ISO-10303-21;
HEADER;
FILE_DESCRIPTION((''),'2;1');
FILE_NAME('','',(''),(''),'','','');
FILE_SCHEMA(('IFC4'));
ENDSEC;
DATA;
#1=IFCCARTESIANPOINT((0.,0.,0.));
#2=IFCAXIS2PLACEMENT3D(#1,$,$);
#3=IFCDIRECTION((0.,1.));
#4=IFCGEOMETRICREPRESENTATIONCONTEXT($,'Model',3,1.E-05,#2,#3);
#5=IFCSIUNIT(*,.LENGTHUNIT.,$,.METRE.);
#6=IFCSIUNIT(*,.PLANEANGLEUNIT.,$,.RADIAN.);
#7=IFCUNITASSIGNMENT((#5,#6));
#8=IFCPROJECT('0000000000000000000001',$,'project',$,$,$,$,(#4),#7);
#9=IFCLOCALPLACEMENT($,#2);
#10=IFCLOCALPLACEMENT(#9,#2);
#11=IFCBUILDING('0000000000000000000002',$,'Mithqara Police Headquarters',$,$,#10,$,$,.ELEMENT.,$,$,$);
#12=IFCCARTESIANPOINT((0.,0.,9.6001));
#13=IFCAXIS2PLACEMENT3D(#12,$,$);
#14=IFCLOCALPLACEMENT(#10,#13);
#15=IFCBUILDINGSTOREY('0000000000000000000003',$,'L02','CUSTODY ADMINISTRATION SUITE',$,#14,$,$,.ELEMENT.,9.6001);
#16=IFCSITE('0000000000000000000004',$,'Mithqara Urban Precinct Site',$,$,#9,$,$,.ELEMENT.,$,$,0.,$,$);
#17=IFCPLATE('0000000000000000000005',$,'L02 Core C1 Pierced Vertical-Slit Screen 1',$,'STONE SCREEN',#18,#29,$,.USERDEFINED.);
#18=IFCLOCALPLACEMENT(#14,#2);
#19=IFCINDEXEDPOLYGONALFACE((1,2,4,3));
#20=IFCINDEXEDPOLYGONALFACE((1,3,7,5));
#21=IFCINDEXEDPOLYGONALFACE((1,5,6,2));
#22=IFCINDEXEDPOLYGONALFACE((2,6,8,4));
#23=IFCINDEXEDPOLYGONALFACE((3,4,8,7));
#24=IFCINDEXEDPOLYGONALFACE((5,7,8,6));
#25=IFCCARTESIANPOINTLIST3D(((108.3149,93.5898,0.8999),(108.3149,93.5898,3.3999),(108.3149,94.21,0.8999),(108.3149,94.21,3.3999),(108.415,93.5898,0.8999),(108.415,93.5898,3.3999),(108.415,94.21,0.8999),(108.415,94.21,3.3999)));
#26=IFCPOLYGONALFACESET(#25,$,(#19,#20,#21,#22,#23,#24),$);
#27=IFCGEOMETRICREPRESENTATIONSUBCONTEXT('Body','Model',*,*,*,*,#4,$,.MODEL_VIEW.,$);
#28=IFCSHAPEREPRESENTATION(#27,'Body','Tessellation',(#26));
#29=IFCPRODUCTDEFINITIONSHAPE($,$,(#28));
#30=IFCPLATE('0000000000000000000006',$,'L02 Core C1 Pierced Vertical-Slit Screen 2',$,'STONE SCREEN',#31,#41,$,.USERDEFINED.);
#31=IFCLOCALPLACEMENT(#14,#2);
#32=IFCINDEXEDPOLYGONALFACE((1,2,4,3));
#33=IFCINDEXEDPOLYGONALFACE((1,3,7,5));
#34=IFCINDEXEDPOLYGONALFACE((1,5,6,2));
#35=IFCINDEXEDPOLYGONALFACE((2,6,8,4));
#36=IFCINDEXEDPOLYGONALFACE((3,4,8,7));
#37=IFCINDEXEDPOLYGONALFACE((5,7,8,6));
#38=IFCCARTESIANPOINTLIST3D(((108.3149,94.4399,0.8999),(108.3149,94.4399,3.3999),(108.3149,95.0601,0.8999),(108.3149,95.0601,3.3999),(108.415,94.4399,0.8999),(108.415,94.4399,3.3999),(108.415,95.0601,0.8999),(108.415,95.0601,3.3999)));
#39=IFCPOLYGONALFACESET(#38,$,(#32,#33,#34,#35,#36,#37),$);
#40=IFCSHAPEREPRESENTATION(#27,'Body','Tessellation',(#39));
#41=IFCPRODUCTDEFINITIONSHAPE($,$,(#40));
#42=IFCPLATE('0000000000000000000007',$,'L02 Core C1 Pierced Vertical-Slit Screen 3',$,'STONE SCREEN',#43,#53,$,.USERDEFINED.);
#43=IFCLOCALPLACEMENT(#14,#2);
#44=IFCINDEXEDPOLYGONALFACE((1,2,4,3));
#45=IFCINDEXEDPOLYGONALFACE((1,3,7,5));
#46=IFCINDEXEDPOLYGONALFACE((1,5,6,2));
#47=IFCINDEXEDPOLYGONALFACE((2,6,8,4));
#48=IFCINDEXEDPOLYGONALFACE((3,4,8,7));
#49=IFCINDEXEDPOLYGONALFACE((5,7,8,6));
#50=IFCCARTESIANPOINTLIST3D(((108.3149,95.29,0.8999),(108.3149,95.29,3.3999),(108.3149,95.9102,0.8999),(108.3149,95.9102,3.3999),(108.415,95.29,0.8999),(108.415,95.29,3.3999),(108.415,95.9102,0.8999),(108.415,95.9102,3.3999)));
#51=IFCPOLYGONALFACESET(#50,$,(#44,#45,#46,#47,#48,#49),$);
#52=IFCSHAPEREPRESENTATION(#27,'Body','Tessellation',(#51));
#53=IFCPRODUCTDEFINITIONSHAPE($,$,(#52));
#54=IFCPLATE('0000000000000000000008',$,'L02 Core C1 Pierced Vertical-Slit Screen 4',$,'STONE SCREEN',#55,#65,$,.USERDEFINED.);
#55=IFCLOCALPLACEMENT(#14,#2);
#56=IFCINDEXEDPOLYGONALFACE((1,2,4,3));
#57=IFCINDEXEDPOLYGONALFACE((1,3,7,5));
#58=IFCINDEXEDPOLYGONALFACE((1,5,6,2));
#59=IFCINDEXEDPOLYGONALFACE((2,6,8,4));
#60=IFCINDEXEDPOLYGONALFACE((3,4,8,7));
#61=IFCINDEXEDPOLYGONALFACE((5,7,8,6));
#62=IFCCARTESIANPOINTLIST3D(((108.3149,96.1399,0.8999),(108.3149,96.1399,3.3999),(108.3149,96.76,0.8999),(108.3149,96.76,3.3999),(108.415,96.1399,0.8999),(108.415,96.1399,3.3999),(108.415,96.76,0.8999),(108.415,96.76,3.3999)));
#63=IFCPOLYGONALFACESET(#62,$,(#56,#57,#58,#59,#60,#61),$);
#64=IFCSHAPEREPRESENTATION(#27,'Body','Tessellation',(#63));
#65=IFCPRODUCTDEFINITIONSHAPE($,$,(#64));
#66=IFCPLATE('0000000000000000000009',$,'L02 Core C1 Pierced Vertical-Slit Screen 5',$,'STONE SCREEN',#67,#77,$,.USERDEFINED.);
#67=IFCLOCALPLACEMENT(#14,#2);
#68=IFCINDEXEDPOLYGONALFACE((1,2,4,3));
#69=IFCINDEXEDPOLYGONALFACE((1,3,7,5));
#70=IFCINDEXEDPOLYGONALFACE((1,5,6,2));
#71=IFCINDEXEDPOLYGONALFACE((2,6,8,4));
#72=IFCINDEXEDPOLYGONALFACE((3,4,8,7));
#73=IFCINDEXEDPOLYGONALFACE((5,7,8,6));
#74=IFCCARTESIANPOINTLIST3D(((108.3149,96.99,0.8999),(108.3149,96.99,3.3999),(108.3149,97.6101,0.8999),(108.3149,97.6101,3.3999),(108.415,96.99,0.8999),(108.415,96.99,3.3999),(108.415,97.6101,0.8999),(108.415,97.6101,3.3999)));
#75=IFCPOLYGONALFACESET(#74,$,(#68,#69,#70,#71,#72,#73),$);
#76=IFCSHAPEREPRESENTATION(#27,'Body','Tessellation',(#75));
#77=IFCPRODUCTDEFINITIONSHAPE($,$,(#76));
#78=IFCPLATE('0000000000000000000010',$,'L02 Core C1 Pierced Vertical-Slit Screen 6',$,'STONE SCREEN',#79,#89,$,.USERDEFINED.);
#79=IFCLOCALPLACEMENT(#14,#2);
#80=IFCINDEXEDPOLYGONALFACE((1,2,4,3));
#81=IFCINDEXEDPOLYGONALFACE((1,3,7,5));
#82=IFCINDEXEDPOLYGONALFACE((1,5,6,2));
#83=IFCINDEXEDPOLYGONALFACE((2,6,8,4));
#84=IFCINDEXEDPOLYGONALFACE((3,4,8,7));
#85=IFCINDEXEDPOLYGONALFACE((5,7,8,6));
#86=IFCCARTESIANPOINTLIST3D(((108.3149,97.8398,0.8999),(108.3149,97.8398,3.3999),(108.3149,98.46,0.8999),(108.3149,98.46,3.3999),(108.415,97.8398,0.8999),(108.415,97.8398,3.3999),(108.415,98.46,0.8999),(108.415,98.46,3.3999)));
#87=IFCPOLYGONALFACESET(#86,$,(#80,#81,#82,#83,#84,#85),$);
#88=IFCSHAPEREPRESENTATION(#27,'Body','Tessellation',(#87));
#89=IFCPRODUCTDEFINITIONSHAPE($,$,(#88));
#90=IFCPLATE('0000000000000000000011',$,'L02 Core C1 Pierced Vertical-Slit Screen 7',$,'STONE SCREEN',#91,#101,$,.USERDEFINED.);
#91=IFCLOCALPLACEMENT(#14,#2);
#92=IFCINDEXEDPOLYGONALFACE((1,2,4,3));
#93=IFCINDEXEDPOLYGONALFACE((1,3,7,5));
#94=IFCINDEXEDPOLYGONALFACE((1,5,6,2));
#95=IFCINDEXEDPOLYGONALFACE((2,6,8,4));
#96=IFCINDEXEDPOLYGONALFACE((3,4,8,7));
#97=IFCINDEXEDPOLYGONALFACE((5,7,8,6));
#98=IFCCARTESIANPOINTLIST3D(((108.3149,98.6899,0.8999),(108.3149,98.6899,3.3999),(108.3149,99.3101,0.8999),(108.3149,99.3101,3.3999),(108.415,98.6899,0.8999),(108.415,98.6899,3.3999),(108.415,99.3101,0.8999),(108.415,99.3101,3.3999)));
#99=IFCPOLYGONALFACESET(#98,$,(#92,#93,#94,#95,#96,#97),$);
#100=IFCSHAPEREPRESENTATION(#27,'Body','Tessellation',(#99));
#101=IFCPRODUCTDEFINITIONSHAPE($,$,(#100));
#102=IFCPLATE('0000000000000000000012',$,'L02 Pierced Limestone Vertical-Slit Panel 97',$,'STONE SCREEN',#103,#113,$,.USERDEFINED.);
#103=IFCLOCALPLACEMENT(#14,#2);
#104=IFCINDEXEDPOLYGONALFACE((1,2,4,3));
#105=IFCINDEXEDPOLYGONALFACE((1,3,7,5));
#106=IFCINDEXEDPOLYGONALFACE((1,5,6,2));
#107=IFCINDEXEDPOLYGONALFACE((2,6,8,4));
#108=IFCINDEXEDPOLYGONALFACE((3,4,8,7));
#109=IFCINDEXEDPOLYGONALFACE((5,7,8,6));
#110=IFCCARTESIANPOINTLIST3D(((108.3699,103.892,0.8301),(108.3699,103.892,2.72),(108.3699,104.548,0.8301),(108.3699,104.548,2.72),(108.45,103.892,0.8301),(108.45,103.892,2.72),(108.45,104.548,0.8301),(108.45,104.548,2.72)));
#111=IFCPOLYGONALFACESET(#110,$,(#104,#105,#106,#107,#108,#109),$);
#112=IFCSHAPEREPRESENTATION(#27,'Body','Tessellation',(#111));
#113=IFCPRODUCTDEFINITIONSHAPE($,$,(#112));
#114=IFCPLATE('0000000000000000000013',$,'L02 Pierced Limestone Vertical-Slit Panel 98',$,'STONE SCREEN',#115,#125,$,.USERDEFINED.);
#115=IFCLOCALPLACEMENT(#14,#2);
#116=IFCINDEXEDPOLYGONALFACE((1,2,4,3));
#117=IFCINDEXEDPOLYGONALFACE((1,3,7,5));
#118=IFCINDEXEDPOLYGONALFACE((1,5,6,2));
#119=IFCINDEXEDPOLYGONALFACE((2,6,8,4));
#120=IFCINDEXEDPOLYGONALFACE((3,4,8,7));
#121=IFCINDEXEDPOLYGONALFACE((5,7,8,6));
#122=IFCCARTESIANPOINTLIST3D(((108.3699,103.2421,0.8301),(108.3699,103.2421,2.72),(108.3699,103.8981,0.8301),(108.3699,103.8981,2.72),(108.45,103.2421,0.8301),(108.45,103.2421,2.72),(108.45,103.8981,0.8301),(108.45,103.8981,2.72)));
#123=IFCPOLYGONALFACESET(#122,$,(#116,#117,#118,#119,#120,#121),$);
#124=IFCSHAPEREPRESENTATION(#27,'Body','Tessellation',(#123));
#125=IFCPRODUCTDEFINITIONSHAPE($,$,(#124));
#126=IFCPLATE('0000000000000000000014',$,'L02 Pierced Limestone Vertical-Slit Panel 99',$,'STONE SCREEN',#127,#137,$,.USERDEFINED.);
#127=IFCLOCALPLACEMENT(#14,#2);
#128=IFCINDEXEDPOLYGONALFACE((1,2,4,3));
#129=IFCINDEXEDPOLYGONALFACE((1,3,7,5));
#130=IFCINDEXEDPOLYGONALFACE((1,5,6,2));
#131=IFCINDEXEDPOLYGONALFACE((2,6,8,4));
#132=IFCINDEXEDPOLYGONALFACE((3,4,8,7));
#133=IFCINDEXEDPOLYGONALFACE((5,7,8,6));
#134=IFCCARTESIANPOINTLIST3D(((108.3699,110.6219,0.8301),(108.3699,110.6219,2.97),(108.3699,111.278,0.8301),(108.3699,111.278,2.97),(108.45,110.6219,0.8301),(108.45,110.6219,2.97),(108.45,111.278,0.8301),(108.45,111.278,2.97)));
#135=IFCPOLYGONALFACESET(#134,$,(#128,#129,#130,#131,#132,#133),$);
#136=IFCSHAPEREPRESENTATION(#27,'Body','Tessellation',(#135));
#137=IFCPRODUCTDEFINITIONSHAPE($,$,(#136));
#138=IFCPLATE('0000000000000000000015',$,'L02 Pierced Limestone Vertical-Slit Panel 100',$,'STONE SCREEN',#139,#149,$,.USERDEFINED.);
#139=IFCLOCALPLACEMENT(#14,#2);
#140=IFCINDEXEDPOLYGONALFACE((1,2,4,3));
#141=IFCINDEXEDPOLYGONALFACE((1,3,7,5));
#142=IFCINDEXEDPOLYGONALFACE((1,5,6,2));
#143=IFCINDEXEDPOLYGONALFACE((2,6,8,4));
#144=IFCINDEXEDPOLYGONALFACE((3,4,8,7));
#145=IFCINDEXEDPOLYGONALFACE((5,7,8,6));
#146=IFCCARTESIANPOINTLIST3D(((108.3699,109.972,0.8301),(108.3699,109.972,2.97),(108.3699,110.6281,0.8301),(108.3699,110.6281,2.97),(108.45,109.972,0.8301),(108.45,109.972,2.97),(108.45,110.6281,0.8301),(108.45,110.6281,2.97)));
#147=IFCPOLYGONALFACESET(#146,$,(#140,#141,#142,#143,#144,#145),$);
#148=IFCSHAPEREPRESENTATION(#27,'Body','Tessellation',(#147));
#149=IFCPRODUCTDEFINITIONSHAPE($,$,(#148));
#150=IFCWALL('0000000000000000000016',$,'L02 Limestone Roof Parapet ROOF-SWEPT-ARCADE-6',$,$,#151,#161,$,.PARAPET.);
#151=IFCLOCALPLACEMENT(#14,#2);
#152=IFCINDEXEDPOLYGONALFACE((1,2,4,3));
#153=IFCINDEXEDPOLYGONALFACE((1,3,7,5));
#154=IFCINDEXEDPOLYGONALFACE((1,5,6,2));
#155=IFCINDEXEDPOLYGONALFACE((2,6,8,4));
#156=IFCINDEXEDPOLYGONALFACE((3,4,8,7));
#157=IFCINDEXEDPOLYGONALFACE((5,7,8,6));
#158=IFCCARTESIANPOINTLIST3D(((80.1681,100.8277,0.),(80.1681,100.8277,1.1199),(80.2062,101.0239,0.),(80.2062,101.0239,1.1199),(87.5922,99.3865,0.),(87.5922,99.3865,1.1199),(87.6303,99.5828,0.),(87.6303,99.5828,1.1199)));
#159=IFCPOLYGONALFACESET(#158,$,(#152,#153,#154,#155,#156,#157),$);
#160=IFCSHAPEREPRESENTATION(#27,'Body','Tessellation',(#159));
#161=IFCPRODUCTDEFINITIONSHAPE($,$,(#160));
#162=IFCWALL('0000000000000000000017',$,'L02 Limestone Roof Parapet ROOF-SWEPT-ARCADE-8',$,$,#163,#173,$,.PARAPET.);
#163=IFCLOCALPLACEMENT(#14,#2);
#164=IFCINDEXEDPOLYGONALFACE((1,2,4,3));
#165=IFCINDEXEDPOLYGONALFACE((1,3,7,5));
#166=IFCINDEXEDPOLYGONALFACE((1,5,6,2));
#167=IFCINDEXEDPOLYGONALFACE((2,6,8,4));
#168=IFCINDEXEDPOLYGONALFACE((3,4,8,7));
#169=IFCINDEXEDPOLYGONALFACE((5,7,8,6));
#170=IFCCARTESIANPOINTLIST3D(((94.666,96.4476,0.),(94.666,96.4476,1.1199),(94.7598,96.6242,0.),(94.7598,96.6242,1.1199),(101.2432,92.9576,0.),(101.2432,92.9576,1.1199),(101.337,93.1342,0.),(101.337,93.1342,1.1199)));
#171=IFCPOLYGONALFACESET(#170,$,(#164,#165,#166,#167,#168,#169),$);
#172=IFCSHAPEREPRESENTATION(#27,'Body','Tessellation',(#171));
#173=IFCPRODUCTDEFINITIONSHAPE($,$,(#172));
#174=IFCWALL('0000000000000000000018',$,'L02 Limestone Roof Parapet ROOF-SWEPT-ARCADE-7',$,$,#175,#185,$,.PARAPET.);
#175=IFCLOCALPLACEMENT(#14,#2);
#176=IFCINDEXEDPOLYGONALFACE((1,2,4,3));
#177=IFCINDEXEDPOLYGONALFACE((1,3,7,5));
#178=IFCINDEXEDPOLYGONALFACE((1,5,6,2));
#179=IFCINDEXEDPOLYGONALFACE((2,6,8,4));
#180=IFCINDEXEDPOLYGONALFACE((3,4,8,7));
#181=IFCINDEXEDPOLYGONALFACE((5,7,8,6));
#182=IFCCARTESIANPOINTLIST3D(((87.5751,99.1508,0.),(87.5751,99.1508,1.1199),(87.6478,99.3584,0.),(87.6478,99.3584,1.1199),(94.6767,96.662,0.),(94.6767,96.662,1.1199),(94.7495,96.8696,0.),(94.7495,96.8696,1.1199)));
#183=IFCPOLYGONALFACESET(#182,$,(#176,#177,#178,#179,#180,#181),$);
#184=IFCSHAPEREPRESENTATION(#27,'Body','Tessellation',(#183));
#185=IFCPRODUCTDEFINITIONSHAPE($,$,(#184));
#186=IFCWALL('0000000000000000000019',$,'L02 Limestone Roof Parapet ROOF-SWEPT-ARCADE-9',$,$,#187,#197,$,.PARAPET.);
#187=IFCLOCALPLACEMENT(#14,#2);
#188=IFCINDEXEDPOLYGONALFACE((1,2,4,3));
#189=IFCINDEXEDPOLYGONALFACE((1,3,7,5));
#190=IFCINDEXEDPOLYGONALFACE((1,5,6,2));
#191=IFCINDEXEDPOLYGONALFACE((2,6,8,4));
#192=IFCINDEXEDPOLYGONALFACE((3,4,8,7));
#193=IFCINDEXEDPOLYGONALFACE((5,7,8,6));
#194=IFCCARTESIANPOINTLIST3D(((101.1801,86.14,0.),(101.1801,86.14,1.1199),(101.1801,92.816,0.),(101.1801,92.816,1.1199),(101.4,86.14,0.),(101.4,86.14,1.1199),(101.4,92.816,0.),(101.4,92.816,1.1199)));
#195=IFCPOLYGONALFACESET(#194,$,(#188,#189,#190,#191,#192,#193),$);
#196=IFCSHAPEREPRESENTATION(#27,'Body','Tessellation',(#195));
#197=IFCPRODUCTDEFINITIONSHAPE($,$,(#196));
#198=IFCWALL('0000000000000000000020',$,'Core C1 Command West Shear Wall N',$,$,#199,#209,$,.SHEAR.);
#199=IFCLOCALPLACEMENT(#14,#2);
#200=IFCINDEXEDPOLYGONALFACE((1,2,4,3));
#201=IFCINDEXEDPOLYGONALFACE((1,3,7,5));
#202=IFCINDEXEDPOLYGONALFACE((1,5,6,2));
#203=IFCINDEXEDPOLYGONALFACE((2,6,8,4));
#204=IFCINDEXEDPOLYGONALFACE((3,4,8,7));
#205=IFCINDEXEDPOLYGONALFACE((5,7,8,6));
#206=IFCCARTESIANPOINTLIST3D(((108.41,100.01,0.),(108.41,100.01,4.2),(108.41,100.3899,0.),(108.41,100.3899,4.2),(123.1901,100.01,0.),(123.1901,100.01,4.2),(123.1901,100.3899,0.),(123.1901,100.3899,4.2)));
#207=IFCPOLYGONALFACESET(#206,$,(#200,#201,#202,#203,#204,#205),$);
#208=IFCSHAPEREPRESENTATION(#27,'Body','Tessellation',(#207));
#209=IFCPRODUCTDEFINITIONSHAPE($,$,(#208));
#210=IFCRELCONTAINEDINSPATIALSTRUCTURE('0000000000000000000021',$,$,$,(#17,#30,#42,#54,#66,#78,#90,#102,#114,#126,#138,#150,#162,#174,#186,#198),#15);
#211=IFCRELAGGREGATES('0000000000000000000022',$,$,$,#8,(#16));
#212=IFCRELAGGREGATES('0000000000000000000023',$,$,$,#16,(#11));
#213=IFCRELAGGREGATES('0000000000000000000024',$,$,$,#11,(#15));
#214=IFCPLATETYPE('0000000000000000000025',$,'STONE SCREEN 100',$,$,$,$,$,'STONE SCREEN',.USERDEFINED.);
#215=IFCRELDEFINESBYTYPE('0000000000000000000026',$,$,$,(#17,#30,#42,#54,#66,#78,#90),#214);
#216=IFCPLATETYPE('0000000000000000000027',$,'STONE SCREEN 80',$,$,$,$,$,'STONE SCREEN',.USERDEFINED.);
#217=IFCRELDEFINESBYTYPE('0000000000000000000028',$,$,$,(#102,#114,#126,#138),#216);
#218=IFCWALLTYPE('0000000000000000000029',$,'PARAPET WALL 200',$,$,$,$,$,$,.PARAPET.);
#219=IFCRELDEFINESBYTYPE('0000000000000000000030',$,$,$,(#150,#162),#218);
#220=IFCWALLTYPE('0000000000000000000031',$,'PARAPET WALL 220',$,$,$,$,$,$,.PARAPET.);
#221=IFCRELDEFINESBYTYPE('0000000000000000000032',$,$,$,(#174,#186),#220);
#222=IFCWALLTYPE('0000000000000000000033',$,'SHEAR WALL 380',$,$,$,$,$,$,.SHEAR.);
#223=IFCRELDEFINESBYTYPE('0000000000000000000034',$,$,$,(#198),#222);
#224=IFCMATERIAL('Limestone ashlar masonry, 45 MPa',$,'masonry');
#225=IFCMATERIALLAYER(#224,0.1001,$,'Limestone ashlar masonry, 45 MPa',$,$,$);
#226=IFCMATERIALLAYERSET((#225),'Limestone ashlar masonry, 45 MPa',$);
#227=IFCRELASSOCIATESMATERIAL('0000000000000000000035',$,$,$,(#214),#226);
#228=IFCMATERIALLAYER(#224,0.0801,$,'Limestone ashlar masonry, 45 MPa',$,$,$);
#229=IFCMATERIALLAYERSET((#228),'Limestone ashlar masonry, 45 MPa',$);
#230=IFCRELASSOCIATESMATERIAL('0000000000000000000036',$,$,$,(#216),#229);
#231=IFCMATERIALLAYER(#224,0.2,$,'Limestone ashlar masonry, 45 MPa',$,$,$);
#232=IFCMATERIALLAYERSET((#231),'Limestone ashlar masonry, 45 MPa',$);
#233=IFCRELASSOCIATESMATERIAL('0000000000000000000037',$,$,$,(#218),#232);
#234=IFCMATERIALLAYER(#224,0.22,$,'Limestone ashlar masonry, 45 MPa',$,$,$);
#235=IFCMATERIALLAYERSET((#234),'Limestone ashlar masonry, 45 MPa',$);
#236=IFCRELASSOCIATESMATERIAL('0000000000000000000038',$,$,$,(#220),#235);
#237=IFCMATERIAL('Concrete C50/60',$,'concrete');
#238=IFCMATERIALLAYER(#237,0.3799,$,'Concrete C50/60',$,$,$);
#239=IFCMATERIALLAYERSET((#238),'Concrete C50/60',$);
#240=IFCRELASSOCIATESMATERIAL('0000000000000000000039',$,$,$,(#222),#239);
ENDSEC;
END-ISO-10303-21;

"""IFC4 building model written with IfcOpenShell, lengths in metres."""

from ifc_helpers import new_model, si_unit, direction, frame, frame_2d, origin, origin_2d, place, context, subcontext, project, spatial, rectangle, extrude, material, layer, layer_set, type_object, element, save


model = new_model("IFC4")

# Units and contexts
model_context = context("Model", 3, precision=1e-05, world=origin(), true_north=direction((0.0, 1.0)))
body_context = subcontext(model_context, "Body", "Model", "MODEL_VIEW")
ifc_project = project(units=[si_unit("LENGTHUNIT", "METRE"), si_unit("PLANEANGLEUNIT", "RADIAN")], contexts=[model_context])

# Site, building, storey
site_placement = place(None, origin())
site = spatial("IfcSite", under=ifc_project, at=site_placement, Name="Mithqara Urban Precinct Site", CompositionType="ELEMENT", RefElevation=0.0)
building_placement = place(site_placement, origin())
building = spatial("IfcBuilding", under=site, at=building_placement, Name="Mithqara Police Headquarters", CompositionType="ELEMENT")
storey_placement = place(building_placement, frame((0.0, 0.0, 9.6001)))
storey = spatial("IfcBuildingStorey", under=building, at=storey_placement, Name="L02", Description="CUSTODY ADMINISTRATION SUITE", CompositionType="ELEMENT", Elevation=9.6001)

# Plates
ifc_material_1 = material(Name="Limestone ashlar masonry, 45 MPa", Category="masonry")
ifc_layer_1 = layer(ifc_material_1, 0.1001, Name="Limestone ashlar masonry, 45 MPa")
ifc_layer_set_1 = layer_set([ifc_layer_1], Name="Limestone ashlar masonry, 45 MPa")
plate_type_1 = type_object("IfcPlateType", Name="STONE SCREEN 100", ElementType="STONE SCREEN", PredefinedType="USERDEFINED", material=ifc_layer_set_1)
for number, where, z_axis, x_axis, name in (
    (1, (108.365, 93.8999, 0.8999), (0.0, 0.0, 1.0), (0.0, 1.0, 0.0), "L02 Core C1 Pierced Vertical-Slit Screen 1"),
    (2, (108.365, 94.75, 0.8999), (0.0, 0.0, 1.0), (0.0, 1.0, 0.0), "L02 Core C1 Pierced Vertical-Slit Screen 2"),
    (3, (108.365, 95.6001, 0.8999), (0.0, 0.0, 1.0), (0.0, 1.0, 0.0), "L02 Core C1 Pierced Vertical-Slit Screen 3"),
    (4, (108.365, 96.45, 0.8999), (0.0, 0.0, 1.0), (0.0, 1.0, 0.0), "L02 Core C1 Pierced Vertical-Slit Screen 4"),
    (5, (108.365, 97.3, 0.8999), (0.0, 0.0, 1.0), (0.0, 1.0, 0.0), "L02 Core C1 Pierced Vertical-Slit Screen 5"),
    (6, (108.365, 98.1499, 0.8999), (0.0, 0.0, 1.0), (0.0, 1.0, 0.0), "L02 Core C1 Pierced Vertical-Slit Screen 6"),
    (7, (108.365, 99.0, 0.8999), (0.0, 0.0, 1.0), (0.0, 1.0, 0.0), "L02 Core C1 Pierced Vertical-Slit Screen 7"),
):
    element("IfcPlate", number, at=place(storey_placement, frame(where, z_axis=z_axis, x_axis=x_axis)), inside=storey, type_object=plate_type_1, Name=name, ObjectType="STONE SCREEN", PredefinedType="USERDEFINED", context=body_context, shape_type="SweptSolid", body=[
        extrude(rectangle(XDim=0.6201, YDim=0.1001, at=origin_2d()), origin(), (0.0, 0.0, 1.0), 2.5),
    ])
ifc_layer_2 = layer(ifc_material_1, 0.0801, Name="Limestone ashlar masonry, 45 MPa")
ifc_layer_set_2 = layer_set([ifc_layer_2], Name="Limestone ashlar masonry, 45 MPa")
plate_type_2 = type_object("IfcPlateType", Name="STONE SCREEN 80", ElementType="STONE SCREEN", PredefinedType="USERDEFINED", material=ifc_layer_set_2)
for number, where, z_axis, x_axis, name in (
    (8, (108.4099, 104.22, 0.8301), (0.0, 0.0, 1.0), (0.0, 1.0, 0.0), "L02 Pierced Limestone Vertical-Slit Panel 97"),
    (9, (108.4099, 103.5701, 0.8301), (0.0, 0.0, 1.0), (0.0, 1.0, 0.0), "L02 Pierced Limestone Vertical-Slit Panel 98"),
):
    element("IfcPlate", number, at=place(storey_placement, frame(where, z_axis=z_axis, x_axis=x_axis)), inside=storey, type_object=plate_type_2, Name=name, ObjectType="STONE SCREEN", PredefinedType="USERDEFINED", context=body_context, shape_type="SweptSolid", body=[
        extrude(rectangle(XDim=0.656, YDim=0.0801, at=origin_2d()), origin(), (0.0, 0.0, 1.0), 1.8899),
    ])
for number, where, z_axis, x_axis, name in (
    (10, (108.4099, 110.95, 0.8301), (0.0, 0.0, 1.0), (0.0, 1.0, 0.0), "L02 Pierced Limestone Vertical-Slit Panel 99"),
    (11, (108.4099, 110.3, 0.8301), (0.0, 0.0, 1.0), (0.0, 1.0, 0.0), "L02 Pierced Limestone Vertical-Slit Panel 100"),
):
    element("IfcPlate", number, at=place(storey_placement, frame(where, z_axis=z_axis, x_axis=x_axis)), inside=storey, type_object=plate_type_2, Name=name, ObjectType="STONE SCREEN", PredefinedType="USERDEFINED", context=body_context, shape_type="SweptSolid", body=[
        extrude(rectangle(XDim=0.656, YDim=0.0801, at=origin_2d()), origin(), (0.0, 0.0, 1.0), 2.1399),
    ])

# Walls
ifc_layer_3 = layer(ifc_material_1, 0.2, Name="Limestone ashlar masonry, 45 MPa")
ifc_layer_set_3 = layer_set([ifc_layer_3], Name="Limestone ashlar masonry, 45 MPa")
wall_type_1 = type_object("IfcWallType", Name="PARAPET WALL 200", PredefinedType="PARAPET", material=ifc_layer_set_3)
wall_1_placement = place(storey_placement, frame((80.1873, 100.9258, 0.0), z_axis=(0.0, 0.0, 1.0), x_axis=(0.981675, -0.190563, 0.0)))
element("IfcWall", 12, at=wall_1_placement, inside=storey, type_object=wall_type_1, Name="L02 Limestone Roof Parapet ROOF-SWEPT-ARCADE-6", PredefinedType="PARAPET", context=body_context, shape_type="SweptSolid", body=[
    extrude(rectangle(XDim=7.5627, YDim=0.2, at=frame_2d((3.7812, 0.0))), origin(), (0.0, 0.0, 1.0), 1.1199),
])
wall_2_placement = place(storey_placement, frame((94.7129, 96.5359, 0.0), z_axis=(0.0, 0.0, 1.0), x_axis=(0.883345, -0.468724, 0.0)))
element("IfcWall", 13, at=wall_2_placement, inside=storey, type_object=wall_type_1, Name="L02 Limestone Roof Parapet ROOF-SWEPT-ARCADE-8", PredefinedType="PARAPET", context=body_context, shape_type="SweptSolid", body=[
    extrude(rectangle(XDim=7.4458, YDim=0.2, at=frame_2d((3.7229, 0.0))), origin(), (0.0, 0.0, 1.0), 1.1199),
])
ifc_layer_4 = layer(ifc_material_1, 0.22, Name="Limestone ashlar masonry, 45 MPa")
ifc_layer_set_4 = layer_set([ifc_layer_4], Name="Limestone ashlar masonry, 45 MPa")
wall_type_2 = type_object("IfcWallType", Name="PARAPET WALL 220", PredefinedType="PARAPET", material=ifc_layer_set_4)
wall_3_placement = place(storey_placement, frame((87.6113, 99.2546, 0.0), z_axis=(0.0, 0.0, 1.0), x_axis=(0.943725, -0.330732, 0.0)))
element("IfcWall", 14, at=wall_3_placement, inside=storey, type_object=wall_type_2, Name="L02 Limestone Roof Parapet ROOF-SWEPT-ARCADE-7", PredefinedType="PARAPET", context=body_context, shape_type="SweptSolid", body=[
    extrude(rectangle(XDim=7.5251, YDim=0.22, at=frame_2d((3.7627, 0.0))), origin(), (0.0, 0.0, 1.0), 1.1199),
])
wall_4_placement = place(storey_placement, frame((101.29, 92.8159, 0.0), z_axis=(0.0, 0.0, 1.0), x_axis=(0.0, -1.0, 0.0)))
element("IfcWall", 15, at=wall_4_placement, inside=storey, type_object=wall_type_2, Name="L02 Limestone Roof Parapet ROOF-SWEPT-ARCADE-9", PredefinedType="PARAPET", context=body_context, shape_type="SweptSolid", body=[
    extrude(rectangle(XDim=6.676, YDim=0.22, at=frame_2d((3.3379, 0.0))), origin(), (0.0, 0.0, 1.0), 1.1199),
])
ifc_material_2 = material(Name="Concrete C50/60", Category="concrete")
ifc_layer_5 = layer(ifc_material_2, 0.3799, Name="Concrete C50/60")
ifc_layer_set_5 = layer_set([ifc_layer_5], Name="Concrete C50/60")
wall_type_3 = type_object("IfcWallType", Name="SHEAR WALL 380", PredefinedType="SHEAR", material=ifc_layer_set_5)
wall_5_placement = place(storey_placement, frame((108.4099, 100.2, 0.0), z_axis=(0.0, 0.0, 1.0), x_axis=(1.0, 0.0, 0.0)))
element("IfcWall", 16, at=wall_5_placement, inside=storey, type_object=wall_type_3, Name="Core C1 Command West Shear Wall N", PredefinedType="SHEAR", context=body_context, shape_type="SweptSolid", body=[
    extrude(rectangle(XDim=14.78, YDim=0.3799, at=frame_2d((7.3901, 0.0))), origin(), (0.0, 0.0, 1.0), 4.2),
])

save(model, "model.ifc")
